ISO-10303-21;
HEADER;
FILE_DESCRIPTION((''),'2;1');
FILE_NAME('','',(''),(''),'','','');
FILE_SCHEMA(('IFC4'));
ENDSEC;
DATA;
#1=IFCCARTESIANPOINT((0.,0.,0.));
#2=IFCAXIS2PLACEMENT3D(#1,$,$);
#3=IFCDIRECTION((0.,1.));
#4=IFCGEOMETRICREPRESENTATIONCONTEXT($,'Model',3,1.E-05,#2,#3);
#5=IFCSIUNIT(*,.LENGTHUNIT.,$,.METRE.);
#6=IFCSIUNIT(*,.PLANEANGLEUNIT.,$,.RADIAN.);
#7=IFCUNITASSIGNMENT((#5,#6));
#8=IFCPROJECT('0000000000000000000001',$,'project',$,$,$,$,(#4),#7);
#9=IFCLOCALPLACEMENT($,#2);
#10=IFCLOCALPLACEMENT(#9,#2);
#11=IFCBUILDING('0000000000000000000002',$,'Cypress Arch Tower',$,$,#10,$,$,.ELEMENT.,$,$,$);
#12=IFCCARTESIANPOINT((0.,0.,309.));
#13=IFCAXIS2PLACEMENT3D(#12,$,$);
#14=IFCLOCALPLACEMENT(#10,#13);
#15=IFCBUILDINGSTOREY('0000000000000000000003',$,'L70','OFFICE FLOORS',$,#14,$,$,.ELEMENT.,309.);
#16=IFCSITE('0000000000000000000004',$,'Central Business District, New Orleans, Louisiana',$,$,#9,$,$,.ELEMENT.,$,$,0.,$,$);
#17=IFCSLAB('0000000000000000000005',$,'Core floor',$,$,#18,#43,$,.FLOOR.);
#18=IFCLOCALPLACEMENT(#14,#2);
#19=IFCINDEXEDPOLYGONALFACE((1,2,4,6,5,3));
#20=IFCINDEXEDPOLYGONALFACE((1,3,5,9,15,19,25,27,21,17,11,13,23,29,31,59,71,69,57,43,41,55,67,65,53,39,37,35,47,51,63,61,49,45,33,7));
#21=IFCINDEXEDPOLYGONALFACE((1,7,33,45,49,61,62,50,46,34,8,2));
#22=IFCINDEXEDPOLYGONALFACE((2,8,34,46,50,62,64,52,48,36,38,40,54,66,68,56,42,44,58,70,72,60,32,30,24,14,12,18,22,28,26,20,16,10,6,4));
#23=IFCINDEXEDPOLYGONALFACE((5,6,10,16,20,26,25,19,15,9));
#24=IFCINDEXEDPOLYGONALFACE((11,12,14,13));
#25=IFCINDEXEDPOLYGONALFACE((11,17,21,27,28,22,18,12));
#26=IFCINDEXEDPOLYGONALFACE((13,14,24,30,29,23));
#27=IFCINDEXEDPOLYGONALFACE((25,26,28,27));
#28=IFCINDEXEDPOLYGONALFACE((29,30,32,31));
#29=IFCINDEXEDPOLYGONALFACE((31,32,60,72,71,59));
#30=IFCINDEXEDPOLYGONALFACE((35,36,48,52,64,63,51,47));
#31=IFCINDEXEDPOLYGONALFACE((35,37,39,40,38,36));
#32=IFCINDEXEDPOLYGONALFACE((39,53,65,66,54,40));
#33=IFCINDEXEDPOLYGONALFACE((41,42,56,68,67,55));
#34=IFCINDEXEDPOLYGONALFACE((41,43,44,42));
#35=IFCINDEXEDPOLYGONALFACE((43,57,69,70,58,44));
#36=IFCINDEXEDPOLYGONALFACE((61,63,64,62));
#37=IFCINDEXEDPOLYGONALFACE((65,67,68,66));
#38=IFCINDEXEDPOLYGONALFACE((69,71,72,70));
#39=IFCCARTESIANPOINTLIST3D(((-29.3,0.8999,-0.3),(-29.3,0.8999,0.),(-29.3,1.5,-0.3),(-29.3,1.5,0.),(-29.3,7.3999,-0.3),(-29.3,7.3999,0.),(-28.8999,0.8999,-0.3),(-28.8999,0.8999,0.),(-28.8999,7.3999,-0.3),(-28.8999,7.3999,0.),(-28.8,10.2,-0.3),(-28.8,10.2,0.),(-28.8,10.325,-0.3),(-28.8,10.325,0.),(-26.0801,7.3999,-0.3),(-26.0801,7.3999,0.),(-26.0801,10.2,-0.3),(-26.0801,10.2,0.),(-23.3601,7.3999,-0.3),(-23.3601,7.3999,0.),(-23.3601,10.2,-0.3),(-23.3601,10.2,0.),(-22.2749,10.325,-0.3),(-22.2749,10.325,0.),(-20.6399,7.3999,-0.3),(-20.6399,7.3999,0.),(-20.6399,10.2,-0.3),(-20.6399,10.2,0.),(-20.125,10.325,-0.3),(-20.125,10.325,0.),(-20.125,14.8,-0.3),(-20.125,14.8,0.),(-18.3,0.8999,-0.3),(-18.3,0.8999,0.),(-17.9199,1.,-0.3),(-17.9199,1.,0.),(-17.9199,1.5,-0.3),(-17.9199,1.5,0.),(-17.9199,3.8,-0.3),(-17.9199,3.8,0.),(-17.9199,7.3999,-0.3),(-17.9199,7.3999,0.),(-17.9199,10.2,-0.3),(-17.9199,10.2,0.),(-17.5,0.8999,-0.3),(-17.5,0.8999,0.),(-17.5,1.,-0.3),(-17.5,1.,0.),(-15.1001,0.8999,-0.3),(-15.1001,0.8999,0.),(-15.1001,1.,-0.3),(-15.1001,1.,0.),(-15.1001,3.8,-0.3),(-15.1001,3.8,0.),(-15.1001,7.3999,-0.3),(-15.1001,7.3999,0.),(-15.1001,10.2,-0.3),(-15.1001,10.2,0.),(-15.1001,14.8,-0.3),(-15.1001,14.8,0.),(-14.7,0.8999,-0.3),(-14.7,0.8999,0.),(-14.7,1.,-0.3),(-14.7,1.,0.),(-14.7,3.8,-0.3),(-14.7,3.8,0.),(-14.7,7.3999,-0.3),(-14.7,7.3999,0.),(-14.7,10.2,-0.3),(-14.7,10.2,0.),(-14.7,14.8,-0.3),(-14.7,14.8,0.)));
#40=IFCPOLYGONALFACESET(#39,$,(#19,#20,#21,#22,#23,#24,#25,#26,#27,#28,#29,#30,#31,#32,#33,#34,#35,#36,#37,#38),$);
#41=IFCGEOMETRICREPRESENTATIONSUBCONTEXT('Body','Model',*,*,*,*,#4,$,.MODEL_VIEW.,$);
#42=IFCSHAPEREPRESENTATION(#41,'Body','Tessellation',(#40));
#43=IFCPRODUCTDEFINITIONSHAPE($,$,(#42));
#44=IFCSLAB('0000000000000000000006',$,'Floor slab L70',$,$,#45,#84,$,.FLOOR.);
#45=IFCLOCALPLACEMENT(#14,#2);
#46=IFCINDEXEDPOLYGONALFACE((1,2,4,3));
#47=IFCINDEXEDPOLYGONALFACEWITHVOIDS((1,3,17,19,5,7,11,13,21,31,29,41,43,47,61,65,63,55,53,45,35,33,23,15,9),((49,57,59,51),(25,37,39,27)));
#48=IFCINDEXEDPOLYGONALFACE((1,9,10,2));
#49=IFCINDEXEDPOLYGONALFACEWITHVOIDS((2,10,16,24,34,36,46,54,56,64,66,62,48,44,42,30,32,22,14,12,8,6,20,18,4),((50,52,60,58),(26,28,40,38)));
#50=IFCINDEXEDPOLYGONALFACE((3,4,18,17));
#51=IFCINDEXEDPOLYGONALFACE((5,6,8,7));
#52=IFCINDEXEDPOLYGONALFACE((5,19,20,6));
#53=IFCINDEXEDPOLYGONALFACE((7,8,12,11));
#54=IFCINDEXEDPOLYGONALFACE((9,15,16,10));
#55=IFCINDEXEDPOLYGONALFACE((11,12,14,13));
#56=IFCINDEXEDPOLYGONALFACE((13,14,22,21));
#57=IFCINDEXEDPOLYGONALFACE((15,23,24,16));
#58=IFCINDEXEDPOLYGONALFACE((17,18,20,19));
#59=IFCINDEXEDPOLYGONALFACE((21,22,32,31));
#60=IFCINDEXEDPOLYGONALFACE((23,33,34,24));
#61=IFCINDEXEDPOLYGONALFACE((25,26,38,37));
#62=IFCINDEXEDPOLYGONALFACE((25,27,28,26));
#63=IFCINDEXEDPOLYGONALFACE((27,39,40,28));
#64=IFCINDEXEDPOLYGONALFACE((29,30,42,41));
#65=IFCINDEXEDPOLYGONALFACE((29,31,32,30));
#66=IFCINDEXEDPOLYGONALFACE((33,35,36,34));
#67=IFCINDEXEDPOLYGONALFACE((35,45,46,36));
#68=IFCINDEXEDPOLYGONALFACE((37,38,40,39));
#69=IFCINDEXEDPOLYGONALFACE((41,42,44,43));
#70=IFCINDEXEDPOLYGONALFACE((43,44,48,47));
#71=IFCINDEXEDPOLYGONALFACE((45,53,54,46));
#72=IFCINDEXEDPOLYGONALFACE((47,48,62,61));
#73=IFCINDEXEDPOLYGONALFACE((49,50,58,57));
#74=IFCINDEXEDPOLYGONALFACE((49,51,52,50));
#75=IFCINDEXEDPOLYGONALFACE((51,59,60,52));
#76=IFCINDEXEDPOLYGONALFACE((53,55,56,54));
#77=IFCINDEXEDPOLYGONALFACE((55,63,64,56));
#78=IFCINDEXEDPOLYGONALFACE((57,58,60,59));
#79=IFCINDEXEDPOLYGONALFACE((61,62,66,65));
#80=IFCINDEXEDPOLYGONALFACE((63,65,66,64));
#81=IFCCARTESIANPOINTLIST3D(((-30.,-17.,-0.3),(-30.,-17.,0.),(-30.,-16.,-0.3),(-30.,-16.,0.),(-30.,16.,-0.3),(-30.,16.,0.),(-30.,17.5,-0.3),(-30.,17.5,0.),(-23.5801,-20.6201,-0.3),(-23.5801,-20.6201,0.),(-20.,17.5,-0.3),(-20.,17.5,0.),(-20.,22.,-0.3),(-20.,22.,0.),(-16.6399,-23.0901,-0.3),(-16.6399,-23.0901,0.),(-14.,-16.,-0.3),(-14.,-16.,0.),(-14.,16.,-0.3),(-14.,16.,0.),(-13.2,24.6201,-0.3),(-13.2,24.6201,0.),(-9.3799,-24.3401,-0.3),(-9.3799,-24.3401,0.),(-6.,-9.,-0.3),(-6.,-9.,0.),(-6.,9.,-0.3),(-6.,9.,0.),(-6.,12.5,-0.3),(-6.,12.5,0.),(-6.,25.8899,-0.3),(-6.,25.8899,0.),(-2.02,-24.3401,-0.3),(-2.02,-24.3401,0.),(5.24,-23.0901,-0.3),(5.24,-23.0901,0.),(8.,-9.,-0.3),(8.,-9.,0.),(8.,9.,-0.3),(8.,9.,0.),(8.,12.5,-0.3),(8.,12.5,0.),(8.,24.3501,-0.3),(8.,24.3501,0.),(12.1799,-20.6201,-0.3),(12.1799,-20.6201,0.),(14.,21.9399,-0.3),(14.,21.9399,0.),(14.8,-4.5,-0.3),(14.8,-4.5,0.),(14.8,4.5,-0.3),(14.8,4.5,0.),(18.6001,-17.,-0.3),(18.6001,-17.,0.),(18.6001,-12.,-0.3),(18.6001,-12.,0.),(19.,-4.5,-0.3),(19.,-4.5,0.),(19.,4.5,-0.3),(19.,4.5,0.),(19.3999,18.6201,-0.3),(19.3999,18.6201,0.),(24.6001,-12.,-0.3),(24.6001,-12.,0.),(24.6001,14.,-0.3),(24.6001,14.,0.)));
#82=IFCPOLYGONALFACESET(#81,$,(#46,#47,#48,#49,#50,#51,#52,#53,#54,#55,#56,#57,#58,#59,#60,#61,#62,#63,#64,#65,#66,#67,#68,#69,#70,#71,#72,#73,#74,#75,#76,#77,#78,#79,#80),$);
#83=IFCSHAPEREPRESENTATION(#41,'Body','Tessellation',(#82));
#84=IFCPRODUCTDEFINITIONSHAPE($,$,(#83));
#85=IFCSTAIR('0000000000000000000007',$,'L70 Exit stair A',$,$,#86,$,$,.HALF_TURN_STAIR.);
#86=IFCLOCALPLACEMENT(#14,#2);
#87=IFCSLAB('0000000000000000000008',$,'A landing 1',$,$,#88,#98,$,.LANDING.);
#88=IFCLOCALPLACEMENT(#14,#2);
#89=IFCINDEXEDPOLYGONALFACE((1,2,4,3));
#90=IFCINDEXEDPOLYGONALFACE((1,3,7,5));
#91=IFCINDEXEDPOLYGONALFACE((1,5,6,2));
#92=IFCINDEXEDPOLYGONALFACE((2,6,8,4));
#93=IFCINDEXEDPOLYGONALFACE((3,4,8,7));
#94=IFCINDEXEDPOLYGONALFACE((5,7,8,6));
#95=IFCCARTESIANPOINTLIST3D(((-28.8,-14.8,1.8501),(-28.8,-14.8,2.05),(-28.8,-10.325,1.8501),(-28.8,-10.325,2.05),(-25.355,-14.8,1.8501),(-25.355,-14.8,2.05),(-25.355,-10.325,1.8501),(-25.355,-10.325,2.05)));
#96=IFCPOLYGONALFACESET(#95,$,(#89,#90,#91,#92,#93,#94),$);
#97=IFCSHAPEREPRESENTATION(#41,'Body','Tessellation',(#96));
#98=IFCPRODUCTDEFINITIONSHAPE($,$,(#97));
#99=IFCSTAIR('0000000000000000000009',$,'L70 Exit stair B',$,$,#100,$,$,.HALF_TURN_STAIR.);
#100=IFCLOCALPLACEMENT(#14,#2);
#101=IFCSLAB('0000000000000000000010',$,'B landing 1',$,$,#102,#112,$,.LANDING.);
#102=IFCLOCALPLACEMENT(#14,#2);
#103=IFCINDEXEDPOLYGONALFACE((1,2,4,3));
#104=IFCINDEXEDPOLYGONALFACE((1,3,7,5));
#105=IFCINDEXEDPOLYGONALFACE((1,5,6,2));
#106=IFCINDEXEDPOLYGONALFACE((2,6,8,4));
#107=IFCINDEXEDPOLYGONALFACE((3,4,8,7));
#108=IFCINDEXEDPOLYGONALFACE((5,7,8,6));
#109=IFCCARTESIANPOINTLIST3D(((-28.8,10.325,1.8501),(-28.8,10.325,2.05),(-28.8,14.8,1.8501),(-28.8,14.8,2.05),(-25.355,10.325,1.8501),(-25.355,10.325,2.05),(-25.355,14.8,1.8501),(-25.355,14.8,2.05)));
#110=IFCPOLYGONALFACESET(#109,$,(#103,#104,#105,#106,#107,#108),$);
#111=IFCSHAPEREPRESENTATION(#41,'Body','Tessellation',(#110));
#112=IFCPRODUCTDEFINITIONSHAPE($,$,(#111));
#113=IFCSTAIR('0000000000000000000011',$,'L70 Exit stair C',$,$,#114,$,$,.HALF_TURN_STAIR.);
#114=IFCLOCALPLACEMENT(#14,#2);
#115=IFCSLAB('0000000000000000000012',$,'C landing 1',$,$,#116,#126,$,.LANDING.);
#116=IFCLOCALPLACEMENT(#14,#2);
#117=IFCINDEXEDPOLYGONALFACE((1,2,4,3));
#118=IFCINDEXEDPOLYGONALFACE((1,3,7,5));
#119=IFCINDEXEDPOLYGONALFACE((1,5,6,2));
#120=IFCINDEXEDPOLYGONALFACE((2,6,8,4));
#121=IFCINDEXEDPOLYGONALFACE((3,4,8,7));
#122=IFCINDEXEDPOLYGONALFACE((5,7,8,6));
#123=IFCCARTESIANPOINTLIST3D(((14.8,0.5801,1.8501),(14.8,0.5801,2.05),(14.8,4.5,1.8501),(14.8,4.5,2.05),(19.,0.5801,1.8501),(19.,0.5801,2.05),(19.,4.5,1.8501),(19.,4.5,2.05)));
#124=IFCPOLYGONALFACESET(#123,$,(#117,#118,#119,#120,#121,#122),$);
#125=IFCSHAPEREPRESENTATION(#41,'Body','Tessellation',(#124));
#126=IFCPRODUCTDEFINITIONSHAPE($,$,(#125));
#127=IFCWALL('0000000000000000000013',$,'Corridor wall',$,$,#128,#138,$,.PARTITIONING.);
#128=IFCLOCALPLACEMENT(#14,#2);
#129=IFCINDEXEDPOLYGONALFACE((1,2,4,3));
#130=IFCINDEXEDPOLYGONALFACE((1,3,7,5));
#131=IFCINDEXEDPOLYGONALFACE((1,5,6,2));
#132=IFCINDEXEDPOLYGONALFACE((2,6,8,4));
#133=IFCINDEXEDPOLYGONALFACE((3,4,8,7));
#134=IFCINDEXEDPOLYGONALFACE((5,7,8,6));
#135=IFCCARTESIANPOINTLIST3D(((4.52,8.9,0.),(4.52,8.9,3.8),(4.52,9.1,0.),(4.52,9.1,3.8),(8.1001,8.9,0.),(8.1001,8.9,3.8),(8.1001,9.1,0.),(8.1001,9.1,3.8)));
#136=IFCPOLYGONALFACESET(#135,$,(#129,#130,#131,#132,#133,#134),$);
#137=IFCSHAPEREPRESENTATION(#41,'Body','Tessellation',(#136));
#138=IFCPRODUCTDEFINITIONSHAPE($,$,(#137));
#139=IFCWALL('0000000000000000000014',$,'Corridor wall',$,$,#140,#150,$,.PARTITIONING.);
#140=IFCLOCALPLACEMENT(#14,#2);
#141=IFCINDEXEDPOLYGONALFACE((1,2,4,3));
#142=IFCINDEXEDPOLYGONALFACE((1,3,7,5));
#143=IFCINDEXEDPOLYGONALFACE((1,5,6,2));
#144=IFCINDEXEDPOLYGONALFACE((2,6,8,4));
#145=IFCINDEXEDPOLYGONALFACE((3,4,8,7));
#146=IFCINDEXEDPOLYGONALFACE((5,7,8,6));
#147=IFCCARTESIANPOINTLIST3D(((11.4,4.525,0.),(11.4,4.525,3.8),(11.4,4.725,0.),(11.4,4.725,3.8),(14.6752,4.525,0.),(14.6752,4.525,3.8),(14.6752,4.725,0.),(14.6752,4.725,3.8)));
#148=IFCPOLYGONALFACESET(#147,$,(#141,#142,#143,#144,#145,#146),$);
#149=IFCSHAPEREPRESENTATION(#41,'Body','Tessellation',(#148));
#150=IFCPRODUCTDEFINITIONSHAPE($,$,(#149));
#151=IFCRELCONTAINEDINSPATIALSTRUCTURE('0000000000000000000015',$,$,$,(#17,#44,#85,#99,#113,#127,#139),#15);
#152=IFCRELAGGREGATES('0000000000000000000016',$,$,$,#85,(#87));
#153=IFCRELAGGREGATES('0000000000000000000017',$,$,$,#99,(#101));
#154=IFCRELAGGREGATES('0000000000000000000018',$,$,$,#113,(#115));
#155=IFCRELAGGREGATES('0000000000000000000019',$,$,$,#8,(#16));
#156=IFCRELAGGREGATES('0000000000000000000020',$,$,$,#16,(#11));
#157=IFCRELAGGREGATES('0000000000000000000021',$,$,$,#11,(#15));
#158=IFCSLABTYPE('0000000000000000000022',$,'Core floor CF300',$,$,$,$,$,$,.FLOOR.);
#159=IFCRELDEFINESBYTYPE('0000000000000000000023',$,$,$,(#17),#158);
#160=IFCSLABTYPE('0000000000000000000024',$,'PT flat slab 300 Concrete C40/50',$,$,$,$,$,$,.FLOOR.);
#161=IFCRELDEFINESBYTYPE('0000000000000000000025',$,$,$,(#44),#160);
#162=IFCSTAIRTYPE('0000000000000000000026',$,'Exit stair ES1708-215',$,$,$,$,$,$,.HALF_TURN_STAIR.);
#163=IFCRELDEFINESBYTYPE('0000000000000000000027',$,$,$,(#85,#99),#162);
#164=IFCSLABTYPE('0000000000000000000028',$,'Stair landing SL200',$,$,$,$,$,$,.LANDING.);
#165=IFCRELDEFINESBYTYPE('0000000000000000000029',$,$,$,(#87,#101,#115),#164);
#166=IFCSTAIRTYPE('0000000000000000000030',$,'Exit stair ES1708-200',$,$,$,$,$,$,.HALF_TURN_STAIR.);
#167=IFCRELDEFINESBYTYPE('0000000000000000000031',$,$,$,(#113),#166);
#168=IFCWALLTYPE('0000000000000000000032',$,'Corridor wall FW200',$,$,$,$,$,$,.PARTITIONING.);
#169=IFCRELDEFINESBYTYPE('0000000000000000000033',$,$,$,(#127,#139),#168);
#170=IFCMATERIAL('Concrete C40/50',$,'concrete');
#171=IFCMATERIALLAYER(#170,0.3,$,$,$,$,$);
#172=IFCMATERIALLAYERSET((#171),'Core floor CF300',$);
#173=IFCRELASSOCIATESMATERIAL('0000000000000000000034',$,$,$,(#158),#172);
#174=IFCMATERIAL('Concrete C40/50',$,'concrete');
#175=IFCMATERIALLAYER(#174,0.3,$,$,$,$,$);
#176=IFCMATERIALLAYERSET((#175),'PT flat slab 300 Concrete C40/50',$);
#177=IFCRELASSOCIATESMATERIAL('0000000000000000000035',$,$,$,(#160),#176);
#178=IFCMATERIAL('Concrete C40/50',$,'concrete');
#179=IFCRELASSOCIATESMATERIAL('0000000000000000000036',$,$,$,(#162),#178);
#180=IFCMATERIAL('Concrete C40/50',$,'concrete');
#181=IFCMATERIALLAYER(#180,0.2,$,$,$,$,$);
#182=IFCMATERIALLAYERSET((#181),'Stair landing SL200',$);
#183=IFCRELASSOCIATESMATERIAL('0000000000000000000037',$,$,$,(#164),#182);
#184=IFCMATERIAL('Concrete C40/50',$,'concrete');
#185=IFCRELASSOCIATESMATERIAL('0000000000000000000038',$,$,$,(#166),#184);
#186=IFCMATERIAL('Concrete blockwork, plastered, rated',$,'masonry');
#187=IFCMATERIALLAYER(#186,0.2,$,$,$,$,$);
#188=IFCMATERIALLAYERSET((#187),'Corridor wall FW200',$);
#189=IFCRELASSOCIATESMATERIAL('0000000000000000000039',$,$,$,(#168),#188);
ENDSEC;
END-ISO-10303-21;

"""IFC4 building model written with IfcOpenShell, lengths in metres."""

from ifc_helpers import new_model, si_unit, direction, frame, frame_2d, origin, place, context, subcontext, project, spatial, polyline, rectangle, outline, extrude, material, layer, layer_set, type_object, element, aggregate, save


model = new_model("IFC4")

# Units and contexts
model_context = context("Model", 3, precision=1e-05, world=origin(), true_north=direction((0.0, 1.0)))
body_context = subcontext(model_context, "Body", "Model", "MODEL_VIEW")
ifc_project = project(units=[si_unit("LENGTHUNIT", "METRE"), si_unit("PLANEANGLEUNIT", "RADIAN")], contexts=[model_context])

# Site, building, storey
site_placement = place(None, origin())
site = spatial("IfcSite", under=ifc_project, at=site_placement, Name="Central Business District, New Orleans, Louisiana", CompositionType="ELEMENT", RefElevation=0.0)
building_placement = place(site_placement, origin())
building = spatial("IfcBuilding", under=site, at=building_placement, Name="Cypress Arch Tower", CompositionType="ELEMENT")
storey_placement = place(building_placement, frame((0.0, 0.0, 309.0)))
storey = spatial("IfcBuildingStorey", under=building, at=storey_placement, Name="L70", Description="OFFICE FLOORS", CompositionType="ELEMENT", Elevation=309.0)

# Slabs
ifc_material_1 = material(Name="Concrete C40/50", Category="concrete")
ifc_layer_1 = layer(ifc_material_1, 0.3)
ifc_layer_set_1 = layer_set([ifc_layer_1], Name="Core floor CF300")
slab_type_1 = type_object("IfcSlabType", Name="Core floor CF300", PredefinedType="FLOOR", material=ifc_layer_set_1)
slab_1_placement = place(storey_placement, frame((0.0, 0.0, -0.3)))
element("IfcSlab", 1, at=slab_1_placement, inside=storey, type_object=slab_type_1, Name="Core floor", PredefinedType="FLOOR", context=body_context, shape_type="SweptSolid", body=[
    extrude(outline(polyline([(-20.6399, 10.2), (-23.3601, 10.2), (-26.0801, 10.2), (-28.8, 10.2), (-28.8, 10.325), (-22.2749, 10.325), (-20.125, 10.325), (-20.125, 14.8), (-15.1001, 14.8), (-14.7, 14.8), (-14.7, 10.2), (-15.1001, 10.2), (-17.9199, 10.2), (-17.9199, 7.3999), (-15.1001, 7.3999), (-14.7, 7.3999), (-14.7, 3.8), (-15.1001, 3.8), (-17.9199, 3.8), (-17.9199, 1.5), (-17.9199, 1.0), (-17.5, 1.0), (-15.1001, 1.0), (-14.7, 1.0), (-14.7, 0.8999), (-15.1001, 0.8999), (-17.5, 0.8999), (-18.3, 0.8999), (-28.8999, 0.8999), (-29.3, 0.8999), (-29.3, 1.5), (-29.3, 7.3999), (-28.8999, 7.3999), (-26.0801, 7.3999), (-23.3601, 7.3999), (-20.6399, 7.3999), (-20.6399, 10.2)])), origin(), (0.0, 0.0, 1.0), 0.3),
])
ifc_material_2 = material(Name="Concrete C40/50", Category="concrete")
ifc_layer_2 = layer(ifc_material_2, 0.3)
ifc_layer_set_2 = layer_set([ifc_layer_2], Name="PT flat slab 300 Concrete C40/50")
slab_type_2 = type_object("IfcSlabType", Name="PT flat slab 300 Concrete C40/50", PredefinedType="FLOOR", material=ifc_layer_set_2)
slab_2_placement = place(storey_placement, frame((0.0, 0.0, -0.3)))
element("IfcSlab", 2, at=slab_2_placement, inside=storey, type_object=slab_type_2, Name="Floor slab L70", PredefinedType="FLOOR", context=body_context, shape_type="SweptSolid", body=[
    extrude(outline(polyline([(-30.0, 17.5), (-20.0, 17.5), (-20.0, 22.0), (-13.2, 24.6201), (-6.0, 25.8899), (-6.0, 12.5), (8.0, 12.5), (8.0, 24.3501), (14.0, 21.9399), (19.3999, 18.6201), (24.6001, 14.0), (24.6001, -12.0), (18.6001, -12.0), (18.6001, -17.0), (12.1799, -20.6201), (5.24, -23.0901), (-2.02, -24.3401), (-9.3799, -24.3401), (-16.6399, -23.0901), (-23.5801, -20.6201), (-30.0, -17.0), (-30.0, -16.0), (-14.0, -16.0), (-14.0, 16.0), (-30.0, 16.0), (-30.0, 17.5)]), holes=[polyline([(-6.0, -9.0), (8.0, -9.0), (8.0, 9.0), (-6.0, 9.0), (-6.0, -9.0)]), polyline([(14.8, -4.5), (19.0, -4.5), (19.0, 4.5), (14.8, 4.5), (14.8, -4.5)])]), origin(), (0.0, 0.0, 1.0), 0.3),
])

# Stairs, slabs
ifc_material_3 = material(Name="Concrete C40/50", Category="concrete")
stair_type_1 = type_object("IfcStairType", Name="Exit stair ES1708-215", PredefinedType="HALF_TURN_STAIR", material=ifc_material_3)
stair_1_placement = place(storey_placement, origin())
stair_1 = element("IfcStair", 3, at=stair_1_placement, inside=storey, type_object=stair_type_1, Name="L70 Exit stair A", PredefinedType="HALF_TURN_STAIR")
ifc_material_4 = material(Name="Concrete C40/50", Category="concrete")
ifc_layer_3 = layer(ifc_material_4, 0.2)
ifc_layer_set_3 = layer_set([ifc_layer_3], Name="Stair landing SL200")
slab_type_3 = type_object("IfcSlabType", Name="Stair landing SL200", PredefinedType="LANDING", material=ifc_layer_set_3)
slab_3_placement = place(storey_placement, frame((0.0, 0.0, 1.8501)))
slab_3 = element("IfcSlab", 4, at=slab_3_placement, type_object=slab_type_3, Name="A landing 1", PredefinedType="LANDING", context=body_context, shape_type="SweptSolid", body=[
    extrude(outline(polyline([(-25.355, -10.325), (-28.8, -10.325), (-28.8, -14.8), (-25.355, -14.8), (-25.355, -10.325)])), origin(), (0.0, 0.0, 1.0), 0.2),
])
aggregate(stair_1, [slab_3])
stair_2_placement = place(storey_placement, origin())
stair_2 = element("IfcStair", 5, at=stair_2_placement, inside=storey, type_object=stair_type_1, Name="L70 Exit stair B", PredefinedType="HALF_TURN_STAIR")
slab_4_placement = place(storey_placement, frame((0.0, 0.0, 1.8501)))
slab_4 = element("IfcSlab", 6, at=slab_4_placement, type_object=slab_type_3, Name="B landing 1", PredefinedType="LANDING", context=body_context, shape_type="SweptSolid", body=[
    extrude(outline(polyline([(-25.355, 14.8), (-28.8, 14.8), (-28.8, 10.325), (-25.355, 10.325), (-25.355, 14.8)])), origin(), (0.0, 0.0, 1.0), 0.2),
])
aggregate(stair_2, [slab_4])
ifc_material_5 = material(Name="Concrete C40/50", Category="concrete")
stair_type_2 = type_object("IfcStairType", Name="Exit stair ES1708-200", PredefinedType="HALF_TURN_STAIR", material=ifc_material_5)
stair_3_placement = place(storey_placement, origin())
stair_3 = element("IfcStair", 7, at=stair_3_placement, inside=storey, type_object=stair_type_2, Name="L70 Exit stair C", PredefinedType="HALF_TURN_STAIR")
slab_5_placement = place(storey_placement, frame((0.0, 0.0, 1.8501)))
slab_5 = element("IfcSlab", 8, at=slab_5_placement, type_object=slab_type_3, Name="C landing 1", PredefinedType="LANDING", context=body_context, shape_type="SweptSolid", body=[
    extrude(outline(polyline([(19.0, 0.5801), (19.0, 4.5), (14.8, 4.5), (14.8, 0.5801), (19.0, 0.5801)])), origin(), (0.0, 0.0, 1.0), 0.2),
])
aggregate(stair_3, [slab_5])

# Walls
ifc_material_6 = material(Name="Concrete blockwork, plastered, rated", Category="masonry")
ifc_layer_4 = layer(ifc_material_6, 0.2)
ifc_layer_set_4 = layer_set([ifc_layer_4], Name="Corridor wall FW200")
wall_type = type_object("IfcWallType", Name="Corridor wall FW200", PredefinedType="PARTITIONING", material=ifc_layer_set_4)
wall_1_placement = place(storey_placement, frame((4.52, 9.0, 0.0), z_axis=(0.0, 0.0, 1.0), x_axis=(1.0, 0.0, 0.0)))
element("IfcWall", 9, at=wall_1_placement, inside=storey, type_object=wall_type, Name="Corridor wall", PredefinedType="PARTITIONING", context=body_context, shape_type="SweptSolid", body=[
    extrude(rectangle(XDim=3.5801, YDim=0.2, at=frame_2d((1.79, 0.0))), origin(), (0.0, 0.0, 1.0), 3.8),
])
wall_2_placement = place(storey_placement, frame((11.3999, 4.625, 0.0), z_axis=(0.0, 0.0, 1.0), x_axis=(1.0, 0.0, 0.0)))
element("IfcWall", 10, at=wall_2_placement, inside=storey, type_object=wall_type, Name="Corridor wall", PredefinedType="PARTITIONING", context=body_context, shape_type="SweptSolid", body=[
    extrude(rectangle(XDim=3.2751, YDim=0.2, at=frame_2d((1.6377, 0.0))), origin(), (0.0, 0.0, 1.0), 3.8),
])

save(model, "model.ifc")
